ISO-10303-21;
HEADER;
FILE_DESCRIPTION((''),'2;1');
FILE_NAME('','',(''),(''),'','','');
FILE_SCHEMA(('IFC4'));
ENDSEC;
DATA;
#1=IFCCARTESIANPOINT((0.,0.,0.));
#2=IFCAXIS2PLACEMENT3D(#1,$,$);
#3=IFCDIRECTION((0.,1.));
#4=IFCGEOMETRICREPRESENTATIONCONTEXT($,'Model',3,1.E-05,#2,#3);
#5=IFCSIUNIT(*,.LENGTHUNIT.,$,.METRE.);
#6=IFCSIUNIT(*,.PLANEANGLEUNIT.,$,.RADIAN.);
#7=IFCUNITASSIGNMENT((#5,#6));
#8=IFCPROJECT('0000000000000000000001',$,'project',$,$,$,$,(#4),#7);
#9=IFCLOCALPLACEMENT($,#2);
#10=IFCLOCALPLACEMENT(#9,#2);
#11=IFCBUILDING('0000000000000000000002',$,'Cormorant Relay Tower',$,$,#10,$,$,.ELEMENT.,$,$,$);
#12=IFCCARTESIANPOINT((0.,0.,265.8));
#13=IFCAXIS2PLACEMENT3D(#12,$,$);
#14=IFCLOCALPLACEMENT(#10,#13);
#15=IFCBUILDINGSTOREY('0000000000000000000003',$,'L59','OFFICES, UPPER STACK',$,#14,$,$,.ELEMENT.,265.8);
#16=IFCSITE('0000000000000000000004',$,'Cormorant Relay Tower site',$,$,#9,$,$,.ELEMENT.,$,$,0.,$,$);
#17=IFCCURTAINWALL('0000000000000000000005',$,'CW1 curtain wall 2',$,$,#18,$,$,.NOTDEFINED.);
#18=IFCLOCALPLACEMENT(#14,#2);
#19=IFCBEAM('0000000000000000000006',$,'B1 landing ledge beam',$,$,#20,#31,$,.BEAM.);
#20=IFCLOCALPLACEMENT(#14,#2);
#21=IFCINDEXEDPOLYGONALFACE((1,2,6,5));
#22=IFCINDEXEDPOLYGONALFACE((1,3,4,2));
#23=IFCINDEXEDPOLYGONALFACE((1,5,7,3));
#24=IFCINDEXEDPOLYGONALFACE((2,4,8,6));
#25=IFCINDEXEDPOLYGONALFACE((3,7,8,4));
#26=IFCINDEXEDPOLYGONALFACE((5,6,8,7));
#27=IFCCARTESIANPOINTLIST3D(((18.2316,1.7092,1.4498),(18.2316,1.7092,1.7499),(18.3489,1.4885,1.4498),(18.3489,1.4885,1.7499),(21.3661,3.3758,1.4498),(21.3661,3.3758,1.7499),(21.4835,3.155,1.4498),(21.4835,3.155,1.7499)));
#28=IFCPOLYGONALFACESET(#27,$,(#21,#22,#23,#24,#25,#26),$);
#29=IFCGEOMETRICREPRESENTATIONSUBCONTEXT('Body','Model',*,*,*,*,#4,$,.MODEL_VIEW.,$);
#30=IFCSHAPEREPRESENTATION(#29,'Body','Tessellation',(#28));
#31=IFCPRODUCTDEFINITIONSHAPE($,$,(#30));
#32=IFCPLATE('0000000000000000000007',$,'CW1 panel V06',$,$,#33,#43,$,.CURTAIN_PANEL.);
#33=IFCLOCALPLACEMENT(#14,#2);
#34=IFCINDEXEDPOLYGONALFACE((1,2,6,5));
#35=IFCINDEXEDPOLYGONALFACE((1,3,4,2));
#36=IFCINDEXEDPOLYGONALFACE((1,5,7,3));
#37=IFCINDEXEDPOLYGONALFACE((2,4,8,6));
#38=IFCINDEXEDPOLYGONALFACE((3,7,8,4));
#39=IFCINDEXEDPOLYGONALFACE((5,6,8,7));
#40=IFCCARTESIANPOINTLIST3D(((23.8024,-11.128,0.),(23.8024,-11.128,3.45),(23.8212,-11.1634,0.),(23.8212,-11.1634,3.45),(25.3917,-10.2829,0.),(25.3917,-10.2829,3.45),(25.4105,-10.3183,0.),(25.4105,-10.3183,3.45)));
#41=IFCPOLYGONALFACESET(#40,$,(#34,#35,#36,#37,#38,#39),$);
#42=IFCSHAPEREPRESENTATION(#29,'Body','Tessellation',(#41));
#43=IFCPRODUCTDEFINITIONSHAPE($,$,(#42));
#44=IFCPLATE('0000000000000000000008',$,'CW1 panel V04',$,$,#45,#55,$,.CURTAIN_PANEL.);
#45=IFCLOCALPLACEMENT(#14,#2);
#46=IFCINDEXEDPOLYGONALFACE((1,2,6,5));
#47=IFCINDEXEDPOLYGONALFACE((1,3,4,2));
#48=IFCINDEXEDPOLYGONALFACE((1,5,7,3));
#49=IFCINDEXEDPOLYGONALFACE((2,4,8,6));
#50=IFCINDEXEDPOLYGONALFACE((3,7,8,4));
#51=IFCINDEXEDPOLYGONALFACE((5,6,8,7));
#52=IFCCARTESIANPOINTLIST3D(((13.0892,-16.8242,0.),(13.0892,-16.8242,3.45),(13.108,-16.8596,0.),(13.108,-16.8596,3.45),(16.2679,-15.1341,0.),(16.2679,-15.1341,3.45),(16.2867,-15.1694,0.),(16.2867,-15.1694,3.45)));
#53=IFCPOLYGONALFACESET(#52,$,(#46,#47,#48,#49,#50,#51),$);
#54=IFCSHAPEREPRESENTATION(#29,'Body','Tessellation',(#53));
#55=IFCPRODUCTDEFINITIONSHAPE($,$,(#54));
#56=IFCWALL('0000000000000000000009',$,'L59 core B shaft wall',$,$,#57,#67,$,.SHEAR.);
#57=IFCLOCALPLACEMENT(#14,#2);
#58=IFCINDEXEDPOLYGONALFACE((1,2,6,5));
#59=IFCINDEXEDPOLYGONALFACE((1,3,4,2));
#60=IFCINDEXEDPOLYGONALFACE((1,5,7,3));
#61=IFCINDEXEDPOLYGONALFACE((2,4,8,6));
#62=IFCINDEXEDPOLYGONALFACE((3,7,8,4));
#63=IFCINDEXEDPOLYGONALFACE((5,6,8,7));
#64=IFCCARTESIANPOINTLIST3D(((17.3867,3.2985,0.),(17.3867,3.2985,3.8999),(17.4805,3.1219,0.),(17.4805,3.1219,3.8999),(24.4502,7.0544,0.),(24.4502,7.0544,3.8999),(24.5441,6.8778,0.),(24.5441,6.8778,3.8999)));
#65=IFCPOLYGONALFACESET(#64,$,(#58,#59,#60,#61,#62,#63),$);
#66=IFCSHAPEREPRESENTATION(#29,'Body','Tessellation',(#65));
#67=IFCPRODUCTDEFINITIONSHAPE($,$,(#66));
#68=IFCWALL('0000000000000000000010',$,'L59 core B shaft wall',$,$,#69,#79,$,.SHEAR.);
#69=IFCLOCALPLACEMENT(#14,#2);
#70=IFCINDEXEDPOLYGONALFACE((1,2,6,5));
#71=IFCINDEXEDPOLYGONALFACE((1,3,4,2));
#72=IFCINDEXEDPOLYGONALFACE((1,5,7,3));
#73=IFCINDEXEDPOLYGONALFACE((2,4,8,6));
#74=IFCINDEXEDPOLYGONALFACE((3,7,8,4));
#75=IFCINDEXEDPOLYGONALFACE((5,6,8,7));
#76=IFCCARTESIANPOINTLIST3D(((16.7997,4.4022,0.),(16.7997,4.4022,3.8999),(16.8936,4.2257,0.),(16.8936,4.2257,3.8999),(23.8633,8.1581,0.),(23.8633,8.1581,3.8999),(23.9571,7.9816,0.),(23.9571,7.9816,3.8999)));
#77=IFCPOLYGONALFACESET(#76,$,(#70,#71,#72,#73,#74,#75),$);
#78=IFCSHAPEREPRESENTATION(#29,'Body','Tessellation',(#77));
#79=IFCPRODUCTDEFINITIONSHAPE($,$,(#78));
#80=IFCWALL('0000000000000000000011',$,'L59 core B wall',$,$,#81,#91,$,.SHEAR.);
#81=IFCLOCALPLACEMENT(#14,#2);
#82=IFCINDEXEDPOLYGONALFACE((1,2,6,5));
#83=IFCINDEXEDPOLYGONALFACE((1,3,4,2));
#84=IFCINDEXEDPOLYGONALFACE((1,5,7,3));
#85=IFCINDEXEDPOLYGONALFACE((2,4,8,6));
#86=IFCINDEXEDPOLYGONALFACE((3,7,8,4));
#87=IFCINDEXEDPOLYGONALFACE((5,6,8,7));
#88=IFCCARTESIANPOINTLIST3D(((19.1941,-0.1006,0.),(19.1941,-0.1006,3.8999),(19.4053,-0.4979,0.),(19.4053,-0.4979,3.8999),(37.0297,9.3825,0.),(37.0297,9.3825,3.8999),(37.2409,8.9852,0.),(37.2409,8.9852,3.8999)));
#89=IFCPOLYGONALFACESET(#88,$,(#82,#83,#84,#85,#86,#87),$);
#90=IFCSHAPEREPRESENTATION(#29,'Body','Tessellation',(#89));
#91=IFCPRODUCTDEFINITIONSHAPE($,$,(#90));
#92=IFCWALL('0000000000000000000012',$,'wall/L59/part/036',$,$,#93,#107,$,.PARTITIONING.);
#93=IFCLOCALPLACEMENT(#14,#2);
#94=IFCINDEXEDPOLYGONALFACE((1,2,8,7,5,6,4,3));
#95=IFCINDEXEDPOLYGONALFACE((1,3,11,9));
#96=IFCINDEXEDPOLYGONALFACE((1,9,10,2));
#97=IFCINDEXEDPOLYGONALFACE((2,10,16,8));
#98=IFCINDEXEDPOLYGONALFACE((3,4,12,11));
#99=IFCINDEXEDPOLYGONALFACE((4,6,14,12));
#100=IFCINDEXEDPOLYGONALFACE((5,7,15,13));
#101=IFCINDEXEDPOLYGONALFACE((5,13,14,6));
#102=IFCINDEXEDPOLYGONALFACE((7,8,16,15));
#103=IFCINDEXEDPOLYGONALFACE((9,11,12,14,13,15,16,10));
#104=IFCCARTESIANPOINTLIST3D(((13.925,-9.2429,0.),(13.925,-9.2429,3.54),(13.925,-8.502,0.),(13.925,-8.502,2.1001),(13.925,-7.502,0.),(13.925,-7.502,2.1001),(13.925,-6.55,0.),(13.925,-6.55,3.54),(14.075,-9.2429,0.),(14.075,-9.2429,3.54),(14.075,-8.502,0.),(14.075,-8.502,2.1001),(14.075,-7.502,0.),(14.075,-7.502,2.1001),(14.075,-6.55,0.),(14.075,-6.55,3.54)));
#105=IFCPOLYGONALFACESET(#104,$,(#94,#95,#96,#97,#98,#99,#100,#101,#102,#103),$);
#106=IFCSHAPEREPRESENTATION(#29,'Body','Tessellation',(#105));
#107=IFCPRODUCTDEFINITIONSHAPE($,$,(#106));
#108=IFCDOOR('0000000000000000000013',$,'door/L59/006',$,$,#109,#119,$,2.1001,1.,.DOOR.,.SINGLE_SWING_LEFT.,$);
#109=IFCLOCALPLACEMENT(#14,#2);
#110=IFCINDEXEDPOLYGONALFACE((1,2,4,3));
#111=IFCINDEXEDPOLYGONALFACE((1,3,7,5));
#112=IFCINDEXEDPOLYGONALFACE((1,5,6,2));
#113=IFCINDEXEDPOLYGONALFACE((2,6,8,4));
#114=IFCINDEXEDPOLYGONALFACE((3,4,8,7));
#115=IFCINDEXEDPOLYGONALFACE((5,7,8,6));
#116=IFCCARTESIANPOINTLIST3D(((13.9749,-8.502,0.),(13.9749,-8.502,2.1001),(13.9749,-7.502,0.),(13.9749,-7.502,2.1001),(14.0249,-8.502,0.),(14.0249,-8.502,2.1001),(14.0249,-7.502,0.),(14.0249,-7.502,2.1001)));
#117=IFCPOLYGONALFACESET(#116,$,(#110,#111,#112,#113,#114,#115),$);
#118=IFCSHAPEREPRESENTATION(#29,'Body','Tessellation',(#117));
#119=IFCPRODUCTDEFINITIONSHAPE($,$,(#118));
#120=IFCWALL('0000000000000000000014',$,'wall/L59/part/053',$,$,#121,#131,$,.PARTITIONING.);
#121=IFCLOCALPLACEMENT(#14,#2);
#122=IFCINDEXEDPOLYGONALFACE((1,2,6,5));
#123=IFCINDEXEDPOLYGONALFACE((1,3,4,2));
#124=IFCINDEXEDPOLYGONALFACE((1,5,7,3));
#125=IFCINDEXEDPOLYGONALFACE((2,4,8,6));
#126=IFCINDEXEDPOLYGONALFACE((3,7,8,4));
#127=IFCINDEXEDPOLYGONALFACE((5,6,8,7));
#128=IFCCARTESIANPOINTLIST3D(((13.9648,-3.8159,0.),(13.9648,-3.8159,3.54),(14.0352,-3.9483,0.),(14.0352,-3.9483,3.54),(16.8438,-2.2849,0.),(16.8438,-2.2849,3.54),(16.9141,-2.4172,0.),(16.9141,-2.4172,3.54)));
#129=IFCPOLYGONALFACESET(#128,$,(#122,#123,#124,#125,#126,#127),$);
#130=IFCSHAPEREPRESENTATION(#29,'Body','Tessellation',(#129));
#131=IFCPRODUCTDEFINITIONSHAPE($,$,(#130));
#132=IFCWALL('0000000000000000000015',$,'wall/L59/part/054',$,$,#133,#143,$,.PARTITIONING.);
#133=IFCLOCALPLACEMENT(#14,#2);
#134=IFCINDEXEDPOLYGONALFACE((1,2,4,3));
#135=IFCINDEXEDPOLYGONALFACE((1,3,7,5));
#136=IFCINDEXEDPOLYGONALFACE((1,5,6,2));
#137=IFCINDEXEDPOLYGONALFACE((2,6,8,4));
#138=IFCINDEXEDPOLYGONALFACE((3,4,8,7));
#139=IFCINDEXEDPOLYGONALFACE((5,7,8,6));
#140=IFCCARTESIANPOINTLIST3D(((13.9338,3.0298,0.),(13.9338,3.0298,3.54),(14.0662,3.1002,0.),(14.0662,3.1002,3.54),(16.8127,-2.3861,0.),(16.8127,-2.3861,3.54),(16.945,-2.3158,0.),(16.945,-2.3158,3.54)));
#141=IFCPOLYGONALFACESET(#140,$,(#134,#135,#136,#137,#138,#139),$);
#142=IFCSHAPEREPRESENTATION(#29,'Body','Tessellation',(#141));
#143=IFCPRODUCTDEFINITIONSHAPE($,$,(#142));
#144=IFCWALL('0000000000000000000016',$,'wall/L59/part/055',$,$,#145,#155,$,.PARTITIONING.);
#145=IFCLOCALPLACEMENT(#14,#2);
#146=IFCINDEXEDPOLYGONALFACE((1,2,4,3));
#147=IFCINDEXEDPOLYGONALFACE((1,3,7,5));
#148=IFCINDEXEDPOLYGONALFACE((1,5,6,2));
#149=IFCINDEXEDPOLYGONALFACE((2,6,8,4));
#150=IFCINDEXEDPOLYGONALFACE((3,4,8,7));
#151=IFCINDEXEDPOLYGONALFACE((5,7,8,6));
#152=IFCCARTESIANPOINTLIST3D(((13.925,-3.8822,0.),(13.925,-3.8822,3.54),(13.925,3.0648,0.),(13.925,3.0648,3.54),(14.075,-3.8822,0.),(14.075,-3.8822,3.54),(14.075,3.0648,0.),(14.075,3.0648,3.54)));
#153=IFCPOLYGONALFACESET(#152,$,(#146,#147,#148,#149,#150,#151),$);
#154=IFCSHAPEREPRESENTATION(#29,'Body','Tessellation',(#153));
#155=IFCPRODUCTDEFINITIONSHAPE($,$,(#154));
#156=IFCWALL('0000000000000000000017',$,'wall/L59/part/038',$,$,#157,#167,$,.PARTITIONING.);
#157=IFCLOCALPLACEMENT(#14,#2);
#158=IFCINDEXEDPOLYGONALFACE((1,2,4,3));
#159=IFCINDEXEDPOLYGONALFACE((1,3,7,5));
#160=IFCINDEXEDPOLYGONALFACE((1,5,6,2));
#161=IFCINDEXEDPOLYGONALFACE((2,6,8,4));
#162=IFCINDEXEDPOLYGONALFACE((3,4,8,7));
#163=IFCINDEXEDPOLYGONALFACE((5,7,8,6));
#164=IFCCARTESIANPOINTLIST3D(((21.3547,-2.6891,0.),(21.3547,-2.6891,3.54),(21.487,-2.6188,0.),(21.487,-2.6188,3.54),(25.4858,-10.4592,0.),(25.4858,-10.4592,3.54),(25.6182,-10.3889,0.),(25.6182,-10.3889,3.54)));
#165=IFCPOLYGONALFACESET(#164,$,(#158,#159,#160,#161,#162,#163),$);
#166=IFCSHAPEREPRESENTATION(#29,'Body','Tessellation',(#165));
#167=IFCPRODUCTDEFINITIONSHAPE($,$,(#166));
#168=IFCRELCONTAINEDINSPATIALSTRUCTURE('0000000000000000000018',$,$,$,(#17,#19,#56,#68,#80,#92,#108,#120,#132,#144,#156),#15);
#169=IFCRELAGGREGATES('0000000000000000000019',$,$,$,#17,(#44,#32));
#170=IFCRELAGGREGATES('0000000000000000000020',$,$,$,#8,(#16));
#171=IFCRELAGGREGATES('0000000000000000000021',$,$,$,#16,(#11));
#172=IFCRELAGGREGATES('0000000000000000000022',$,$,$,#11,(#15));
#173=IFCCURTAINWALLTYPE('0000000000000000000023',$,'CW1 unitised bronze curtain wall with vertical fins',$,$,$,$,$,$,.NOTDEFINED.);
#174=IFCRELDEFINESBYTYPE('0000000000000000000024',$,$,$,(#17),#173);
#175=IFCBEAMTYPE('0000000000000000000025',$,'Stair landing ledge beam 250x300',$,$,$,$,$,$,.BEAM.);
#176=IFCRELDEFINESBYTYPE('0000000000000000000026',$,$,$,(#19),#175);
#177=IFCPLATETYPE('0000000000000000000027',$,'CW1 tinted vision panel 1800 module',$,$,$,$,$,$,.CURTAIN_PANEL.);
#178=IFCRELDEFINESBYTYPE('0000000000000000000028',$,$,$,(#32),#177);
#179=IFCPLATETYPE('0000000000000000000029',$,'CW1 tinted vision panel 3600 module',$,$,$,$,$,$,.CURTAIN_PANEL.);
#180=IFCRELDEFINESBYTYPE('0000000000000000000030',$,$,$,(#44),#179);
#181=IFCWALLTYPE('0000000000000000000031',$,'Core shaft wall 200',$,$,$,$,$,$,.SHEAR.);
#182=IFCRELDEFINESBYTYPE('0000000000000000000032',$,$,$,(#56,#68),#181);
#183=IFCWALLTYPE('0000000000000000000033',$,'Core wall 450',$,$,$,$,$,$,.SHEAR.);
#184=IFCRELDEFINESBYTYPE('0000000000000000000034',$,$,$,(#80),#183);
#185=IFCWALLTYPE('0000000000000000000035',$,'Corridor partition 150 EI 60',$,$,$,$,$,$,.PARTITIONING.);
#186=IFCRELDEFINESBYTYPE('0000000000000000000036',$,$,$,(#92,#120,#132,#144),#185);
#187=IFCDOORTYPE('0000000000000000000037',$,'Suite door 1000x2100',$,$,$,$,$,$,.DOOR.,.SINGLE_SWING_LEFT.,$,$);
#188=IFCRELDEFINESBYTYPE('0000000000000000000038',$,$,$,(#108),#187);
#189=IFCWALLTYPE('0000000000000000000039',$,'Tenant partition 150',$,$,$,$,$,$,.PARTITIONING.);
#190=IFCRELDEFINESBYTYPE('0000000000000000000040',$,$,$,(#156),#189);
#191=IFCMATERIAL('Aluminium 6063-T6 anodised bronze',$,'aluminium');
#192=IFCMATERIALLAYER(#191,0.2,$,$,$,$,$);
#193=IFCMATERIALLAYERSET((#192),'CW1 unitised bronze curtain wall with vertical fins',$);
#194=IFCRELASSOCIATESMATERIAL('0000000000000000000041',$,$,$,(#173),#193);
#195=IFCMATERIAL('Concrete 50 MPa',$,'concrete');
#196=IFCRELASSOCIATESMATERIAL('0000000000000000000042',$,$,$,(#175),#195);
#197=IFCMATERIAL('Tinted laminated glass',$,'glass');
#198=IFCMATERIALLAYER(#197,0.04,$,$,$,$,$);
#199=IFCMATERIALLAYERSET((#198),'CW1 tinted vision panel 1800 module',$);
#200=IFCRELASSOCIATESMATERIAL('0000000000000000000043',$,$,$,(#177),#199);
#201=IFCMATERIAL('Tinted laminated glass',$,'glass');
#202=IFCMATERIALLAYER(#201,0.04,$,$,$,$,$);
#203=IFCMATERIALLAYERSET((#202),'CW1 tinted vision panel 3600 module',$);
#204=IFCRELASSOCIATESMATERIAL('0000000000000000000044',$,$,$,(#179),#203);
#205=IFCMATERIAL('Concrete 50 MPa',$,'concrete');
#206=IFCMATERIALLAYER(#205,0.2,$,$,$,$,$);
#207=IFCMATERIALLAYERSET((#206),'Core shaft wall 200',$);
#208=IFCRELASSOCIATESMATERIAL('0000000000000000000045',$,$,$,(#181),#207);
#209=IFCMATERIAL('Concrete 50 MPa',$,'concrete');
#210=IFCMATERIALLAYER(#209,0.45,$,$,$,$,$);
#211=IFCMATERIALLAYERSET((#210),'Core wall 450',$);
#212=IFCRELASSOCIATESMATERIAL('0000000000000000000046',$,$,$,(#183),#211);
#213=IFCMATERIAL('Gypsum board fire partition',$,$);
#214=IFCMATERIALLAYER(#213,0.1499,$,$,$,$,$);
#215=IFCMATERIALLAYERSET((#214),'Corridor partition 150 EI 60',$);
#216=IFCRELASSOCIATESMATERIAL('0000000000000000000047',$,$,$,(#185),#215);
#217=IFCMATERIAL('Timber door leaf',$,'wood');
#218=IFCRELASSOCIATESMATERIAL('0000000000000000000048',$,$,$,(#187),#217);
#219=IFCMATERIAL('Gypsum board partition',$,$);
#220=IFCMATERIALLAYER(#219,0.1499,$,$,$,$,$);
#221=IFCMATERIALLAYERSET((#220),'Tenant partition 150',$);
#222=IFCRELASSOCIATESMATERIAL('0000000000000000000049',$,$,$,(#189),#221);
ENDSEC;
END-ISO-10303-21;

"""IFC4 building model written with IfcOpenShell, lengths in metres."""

from ifc_helpers import new_model, si_unit, direction, frame, frame_2d, origin, origin_2d, place, context, subcontext, project, spatial, rectangle, extrude, material, layer, layer_set, material_profile, profile_set, type_object, element, fill, aggregate, save


model = new_model("IFC4")

# Units and contexts
model_context = context("Model", 3, precision=1e-05, world=origin(), true_north=direction((0.0, 1.0)))
body_context = subcontext(model_context, "Body", "Model", "MODEL_VIEW")
ifc_project = project(units=[si_unit("LENGTHUNIT", "METRE"), si_unit("PLANEANGLEUNIT", "RADIAN")], contexts=[model_context])

# Site, building, storey
site_placement = place(None, origin())
site = spatial("IfcSite", under=ifc_project, at=site_placement, Name="Cormorant Relay Tower site", CompositionType="ELEMENT", RefElevation=0.0)
building_placement = place(site_placement, origin())
building = spatial("IfcBuilding", under=site, at=building_placement, Name="Cormorant Relay Tower", CompositionType="ELEMENT")
storey_placement = place(building_placement, frame((0.0, 0.0, 265.8)))
storey = spatial("IfcBuildingStorey", under=building, at=storey_placement, Name="L59", Description="OFFICES, UPPER STACK", CompositionType="ELEMENT", Elevation=265.8)

# Curtain wall
ifc_material_1 = material(Name="Aluminium 6063-T6 anodised bronze", Category="aluminium")
ifc_layer_1 = layer(ifc_material_1, 0.2)
ifc_layer_set_1 = layer_set([ifc_layer_1], Name="CW1 unitised bronze curtain wall with vertical fins")
curtain_wall_type = type_object("IfcCurtainWallType", Name="CW1 unitised bronze curtain wall with vertical fins", PredefinedType="NOTDEFINED", material=ifc_layer_set_1)
curtain_wall_placement = place(storey_placement, origin())
curtain_wall = element("IfcCurtainWall", 1, at=curtain_wall_placement, inside=storey, type_object=curtain_wall_type, Name="CW1 curtain wall 2", PredefinedType="NOTDEFINED")

# Beam
ifc_material_2 = material(Name="Concrete 50 MPa", Category="concrete")
ifc_material_profile_1 = material_profile(ifc_material_2, rectangle(XDim=0.25, YDim=0.3, at=origin_2d()), Name="RC 250x300")
ifc_profile_set_1 = profile_set([ifc_material_profile_1], Name="Concrete 50 MPa")
beam_type_1 = type_object("IfcBeamType", Name="Stair landing ledge beam 250x300", PredefinedType="BEAM", material=ifc_profile_set_1)
beam_1_placement = place(storey_placement, frame((21.4248, 3.2654, 1.5999), z_axis=(-0.882965, -0.469438, 0.0), x_axis=(0.469438, -0.882965, 0.0)))
element("IfcBeam", 2, at=beam_1_placement, inside=storey, type_object=beam_type_1, Name="B1 landing ledge beam", PredefinedType="BEAM", context=body_context, shape_type="SweptSolid", body=[
    extrude(rectangle(XDim=0.25, YDim=0.3, at=origin_2d()), origin(), (0.0, 0.0, 1.0), 3.55),
])

# Plates
ifc_material_3 = material(Name="Tinted laminated glass", Category="glass")
ifc_layer_2 = layer(ifc_material_3, 0.04)
ifc_layer_set_2 = layer_set([ifc_layer_2], Name="CW1 tinted vision panel 1800 module")
plate_type_1 = type_object("IfcPlateType", Name="CW1 tinted vision panel 1800 module", PredefinedType="CURTAIN_PANEL", material=ifc_layer_set_2)
plate_1_placement = place(storey_placement, frame((24.6064, -10.7231, 0.0), z_axis=(0.0, 0.0, 1.0), x_axis=(0.882948, 0.469472, 0.0)))
plate_1 = element("IfcPlate", 3, at=plate_1_placement, type_object=plate_type_1, Name="CW1 panel V06", PredefinedType="CURTAIN_PANEL", context=body_context, shape_type="SweptSolid", body=[
    extrude(rectangle(XDim=1.8, YDim=0.04, at=origin_2d()), origin(), (0.0, 0.0, 1.0), 3.45),
])
ifc_material_4 = material(Name="Tinted laminated glass", Category="glass")
ifc_layer_3 = layer(ifc_material_4, 0.04)
ifc_layer_set_3 = layer_set([ifc_layer_3], Name="CW1 tinted vision panel 3600 module")
plate_type_2 = type_object("IfcPlateType", Name="CW1 tinted vision panel 3600 module", PredefinedType="CURTAIN_PANEL", material=ifc_layer_set_3)
plate_2_placement = place(storey_placement, frame((14.688, -15.9968, 0.0), z_axis=(0.0, 0.0, 1.0), x_axis=(0.882948, 0.469472, 0.0)))
plate_2 = element("IfcPlate", 4, at=plate_2_placement, type_object=plate_type_2, Name="CW1 panel V04", PredefinedType="CURTAIN_PANEL", context=body_context, shape_type="SweptSolid", body=[
    extrude(rectangle(XDim=3.6001, YDim=0.04, at=origin_2d()), origin(), (0.0, 0.0, 1.0), 3.45),
])

# Walls
ifc_material_5 = material(Name="Concrete 50 MPa", Category="concrete")
ifc_layer_4 = layer(ifc_material_5, 0.2)
ifc_layer_set_4 = layer_set([ifc_layer_4], Name="Core shaft wall 200")
wall_type_1 = type_object("IfcWallType", Name="Core shaft wall 200", PredefinedType="SHEAR", material=ifc_layer_set_4)
for number, where, z_axis, x_axis, name in (
    (5, (17.4336, 3.2102, 0.0), (0.0, 0.0, 1.0), (0.88294, 0.469485, 0.0), "L59 core B shaft wall"),
    (6, (16.8467, 4.314, 0.0), (0.0, 0.0, 1.0), (0.88294, 0.469485, 0.0), "L59 core B shaft wall"),
):
    element("IfcWall", number, at=place(storey_placement, frame(where, z_axis=z_axis, x_axis=x_axis)), inside=storey, type_object=wall_type_1, Name=name, PredefinedType="SHEAR", context=body_context, shape_type="SweptSolid", body=[
        extrude(rectangle(XDim=8.0, YDim=0.2, at=frame_2d((4.0, 0.0))), origin(), (0.0, 0.0, 1.0), 3.8999),
    ])

# Shared definitions
ifc_material_6 = material(Name="Concrete 50 MPa", Category="concrete")
ifc_layer_5 = layer(ifc_material_6, 0.45)
ifc_layer_set_5 = layer_set([ifc_layer_5], Name="Core wall 450")
wall_type_2 = type_object("IfcWallType", Name="Core wall 450", PredefinedType="SHEAR", material=ifc_layer_set_5)

# Wall
wall_1_placement = place(storey_placement, frame((19.2996, -0.2993, 0.0), z_axis=(0.0, 0.0, 1.0), x_axis=(0.882953, 0.469462, 0.0)))
element("IfcWall", 7, at=wall_1_placement, inside=storey, type_object=wall_type_2, Name="L59 core B wall", PredefinedType="SHEAR", context=body_context, shape_type="SweptSolid", body=[
    extrude(rectangle(XDim=20.2, YDim=0.45, at=frame_2d((10.1001, 0.0))), origin(), (0.0, 0.0, 1.0), 3.8999),
])

# Wall, opening, door
ifc_material_7 = material(Name="Gypsum board fire partition")
ifc_layer_6 = layer(ifc_material_7, 0.1499)
ifc_layer_set_6 = layer_set([ifc_layer_6], Name="Corridor partition 150 EI 60")
wall_type_3 = type_object("IfcWallType", Name="Corridor partition 150 EI 60", PredefinedType="PARTITIONING", material=ifc_layer_set_6)
wall_2_placement = place(storey_placement, frame((14.0, -6.55, 0.0), z_axis=(0.0, 0.0, 1.0), x_axis=(0.0, -1.0, 0.0)))
wall_2 = element("IfcWall", 8, at=wall_2_placement, inside=storey, type_object=wall_type_3, Name="wall/L59/part/036", PredefinedType="PARTITIONING", context=body_context, shape_type="SweptSolid", body=[
    extrude(rectangle(XDim=2.6929, YDim=0.1499, at=frame_2d((1.3464, 0.0))), origin(), (0.0, 0.0, 1.0), 3.54),
])
opening_1_placement = place(wall_2_placement, frame((0.9519, 0.0, 0.0)))
opening_1 = element("IfcOpeningElement", 9, at=opening_1_placement, cuts=wall_2, PredefinedType="OPENING", context=body_context, shape_type="SweptSolid", body=[
    extrude(rectangle(XDim=1.0, YDim=2.1001, at=frame_2d((0.5, 1.05))), frame((0.0, 0.085, 0.0), z_axis=(0.0, -1.0, 0.0), x_axis=(1.0, 0.0, 0.0)), (0.0, 0.0, 1.0), 0.1699),
])
ifc_material_8 = material(Name="Timber door leaf", Category="wood")
door_type_1 = type_object("IfcDoorType", Name="Suite door 1000x2100", OperationType="SINGLE_SWING_LEFT", PredefinedType="DOOR", material=ifc_material_8)
door_1_placement = place(opening_1_placement, origin())
door_1 = element("IfcDoor", 10, at=door_1_placement, inside=storey, type_object=door_type_1, Name="door/L59/006", OperationType="SINGLE_SWING_LEFT", OverallHeight=2.1001, OverallWidth=1.0, PredefinedType="DOOR", context=body_context, shape_type="SweptSolid", body=[
    extrude(rectangle(XDim=1.0, YDim=2.1001, at=frame_2d((0.5, 1.05))), frame((0.0, 0.0249, 0.0), z_axis=(0.0, -1.0, 0.0), x_axis=(1.0, 0.0, 0.0)), (0.0, 0.0, 1.0), 0.05),
])
fill(opening_1, door_1)

# Walls
wall_3_placement = place(storey_placement, frame((14.0, -3.8821, 0.0), z_axis=(0.0, 0.0, 1.0), x_axis=(0.882914, 0.469535, 0.0)))
element("IfcWall", 11, at=wall_3_placement, inside=storey, type_object=wall_type_3, Name="wall/L59/part/053", PredefinedType="PARTITIONING", context=body_context, shape_type="SweptSolid", body=[
    extrude(rectangle(XDim=3.2607, YDim=0.1499, at=frame_2d((1.6304, 0.0))), origin(), (0.0, 0.0, 1.0), 3.54),
])
wall_4_placement = place(storey_placement, frame((16.8789, -2.3511, 0.0), z_axis=(0.0, 0.0, 1.0), x_axis=(-0.469365, 0.883004, 0.0)))
element("IfcWall", 12, at=wall_4_placement, inside=storey, type_object=wall_type_3, Name="wall/L59/part/054", PredefinedType="PARTITIONING", context=body_context, shape_type="SweptSolid", body=[
    extrude(rectangle(XDim=6.1335, YDim=0.1499, at=frame_2d((3.0669, 0.0))), origin(), (0.0, 0.0, 1.0), 3.54),
])
wall_5_placement = place(storey_placement, frame((14.0, 3.0649, 0.0), z_axis=(0.0, 0.0, 1.0), x_axis=(0.0, -1.0, 0.0)))
element("IfcWall", 13, at=wall_5_placement, inside=storey, type_object=wall_type_3, Name="wall/L59/part/055", PredefinedType="PARTITIONING", context=body_context, shape_type="SweptSolid", body=[
    extrude(rectangle(XDim=6.947, YDim=0.1499, at=frame_2d((3.4736, 0.0))), origin(), (0.0, 0.0, 1.0), 3.54),
])
ifc_material_9 = material(Name="Gypsum board partition")
ifc_layer_7 = layer(ifc_material_9, 0.1499)
ifc_layer_set_7 = layer_set([ifc_layer_7], Name="Tenant partition 150")
wall_type_4 = type_object("IfcWallType", Name="Tenant partition 150", PredefinedType="PARTITIONING", material=ifc_layer_set_7)
wall_6_placement = place(storey_placement, frame((21.4209, -2.6541, 0.0), z_axis=(0.0, 0.0, 1.0), x_axis=(0.469446, -0.882961, 0.0)))
element("IfcWall", 14, at=wall_6_placement, inside=storey, type_object=wall_type_4, Name="wall/L59/part/038", PredefinedType="PARTITIONING", context=body_context, shape_type="SweptSolid", body=[
    extrude(rectangle(XDim=8.8, YDim=0.1499, at=frame_2d((4.3999, 0.0))), origin(), (0.0, 0.0, 1.0), 3.54),
])

aggregate(curtain_wall, [plate_2, plate_1])

save(model, "model.ifc")
